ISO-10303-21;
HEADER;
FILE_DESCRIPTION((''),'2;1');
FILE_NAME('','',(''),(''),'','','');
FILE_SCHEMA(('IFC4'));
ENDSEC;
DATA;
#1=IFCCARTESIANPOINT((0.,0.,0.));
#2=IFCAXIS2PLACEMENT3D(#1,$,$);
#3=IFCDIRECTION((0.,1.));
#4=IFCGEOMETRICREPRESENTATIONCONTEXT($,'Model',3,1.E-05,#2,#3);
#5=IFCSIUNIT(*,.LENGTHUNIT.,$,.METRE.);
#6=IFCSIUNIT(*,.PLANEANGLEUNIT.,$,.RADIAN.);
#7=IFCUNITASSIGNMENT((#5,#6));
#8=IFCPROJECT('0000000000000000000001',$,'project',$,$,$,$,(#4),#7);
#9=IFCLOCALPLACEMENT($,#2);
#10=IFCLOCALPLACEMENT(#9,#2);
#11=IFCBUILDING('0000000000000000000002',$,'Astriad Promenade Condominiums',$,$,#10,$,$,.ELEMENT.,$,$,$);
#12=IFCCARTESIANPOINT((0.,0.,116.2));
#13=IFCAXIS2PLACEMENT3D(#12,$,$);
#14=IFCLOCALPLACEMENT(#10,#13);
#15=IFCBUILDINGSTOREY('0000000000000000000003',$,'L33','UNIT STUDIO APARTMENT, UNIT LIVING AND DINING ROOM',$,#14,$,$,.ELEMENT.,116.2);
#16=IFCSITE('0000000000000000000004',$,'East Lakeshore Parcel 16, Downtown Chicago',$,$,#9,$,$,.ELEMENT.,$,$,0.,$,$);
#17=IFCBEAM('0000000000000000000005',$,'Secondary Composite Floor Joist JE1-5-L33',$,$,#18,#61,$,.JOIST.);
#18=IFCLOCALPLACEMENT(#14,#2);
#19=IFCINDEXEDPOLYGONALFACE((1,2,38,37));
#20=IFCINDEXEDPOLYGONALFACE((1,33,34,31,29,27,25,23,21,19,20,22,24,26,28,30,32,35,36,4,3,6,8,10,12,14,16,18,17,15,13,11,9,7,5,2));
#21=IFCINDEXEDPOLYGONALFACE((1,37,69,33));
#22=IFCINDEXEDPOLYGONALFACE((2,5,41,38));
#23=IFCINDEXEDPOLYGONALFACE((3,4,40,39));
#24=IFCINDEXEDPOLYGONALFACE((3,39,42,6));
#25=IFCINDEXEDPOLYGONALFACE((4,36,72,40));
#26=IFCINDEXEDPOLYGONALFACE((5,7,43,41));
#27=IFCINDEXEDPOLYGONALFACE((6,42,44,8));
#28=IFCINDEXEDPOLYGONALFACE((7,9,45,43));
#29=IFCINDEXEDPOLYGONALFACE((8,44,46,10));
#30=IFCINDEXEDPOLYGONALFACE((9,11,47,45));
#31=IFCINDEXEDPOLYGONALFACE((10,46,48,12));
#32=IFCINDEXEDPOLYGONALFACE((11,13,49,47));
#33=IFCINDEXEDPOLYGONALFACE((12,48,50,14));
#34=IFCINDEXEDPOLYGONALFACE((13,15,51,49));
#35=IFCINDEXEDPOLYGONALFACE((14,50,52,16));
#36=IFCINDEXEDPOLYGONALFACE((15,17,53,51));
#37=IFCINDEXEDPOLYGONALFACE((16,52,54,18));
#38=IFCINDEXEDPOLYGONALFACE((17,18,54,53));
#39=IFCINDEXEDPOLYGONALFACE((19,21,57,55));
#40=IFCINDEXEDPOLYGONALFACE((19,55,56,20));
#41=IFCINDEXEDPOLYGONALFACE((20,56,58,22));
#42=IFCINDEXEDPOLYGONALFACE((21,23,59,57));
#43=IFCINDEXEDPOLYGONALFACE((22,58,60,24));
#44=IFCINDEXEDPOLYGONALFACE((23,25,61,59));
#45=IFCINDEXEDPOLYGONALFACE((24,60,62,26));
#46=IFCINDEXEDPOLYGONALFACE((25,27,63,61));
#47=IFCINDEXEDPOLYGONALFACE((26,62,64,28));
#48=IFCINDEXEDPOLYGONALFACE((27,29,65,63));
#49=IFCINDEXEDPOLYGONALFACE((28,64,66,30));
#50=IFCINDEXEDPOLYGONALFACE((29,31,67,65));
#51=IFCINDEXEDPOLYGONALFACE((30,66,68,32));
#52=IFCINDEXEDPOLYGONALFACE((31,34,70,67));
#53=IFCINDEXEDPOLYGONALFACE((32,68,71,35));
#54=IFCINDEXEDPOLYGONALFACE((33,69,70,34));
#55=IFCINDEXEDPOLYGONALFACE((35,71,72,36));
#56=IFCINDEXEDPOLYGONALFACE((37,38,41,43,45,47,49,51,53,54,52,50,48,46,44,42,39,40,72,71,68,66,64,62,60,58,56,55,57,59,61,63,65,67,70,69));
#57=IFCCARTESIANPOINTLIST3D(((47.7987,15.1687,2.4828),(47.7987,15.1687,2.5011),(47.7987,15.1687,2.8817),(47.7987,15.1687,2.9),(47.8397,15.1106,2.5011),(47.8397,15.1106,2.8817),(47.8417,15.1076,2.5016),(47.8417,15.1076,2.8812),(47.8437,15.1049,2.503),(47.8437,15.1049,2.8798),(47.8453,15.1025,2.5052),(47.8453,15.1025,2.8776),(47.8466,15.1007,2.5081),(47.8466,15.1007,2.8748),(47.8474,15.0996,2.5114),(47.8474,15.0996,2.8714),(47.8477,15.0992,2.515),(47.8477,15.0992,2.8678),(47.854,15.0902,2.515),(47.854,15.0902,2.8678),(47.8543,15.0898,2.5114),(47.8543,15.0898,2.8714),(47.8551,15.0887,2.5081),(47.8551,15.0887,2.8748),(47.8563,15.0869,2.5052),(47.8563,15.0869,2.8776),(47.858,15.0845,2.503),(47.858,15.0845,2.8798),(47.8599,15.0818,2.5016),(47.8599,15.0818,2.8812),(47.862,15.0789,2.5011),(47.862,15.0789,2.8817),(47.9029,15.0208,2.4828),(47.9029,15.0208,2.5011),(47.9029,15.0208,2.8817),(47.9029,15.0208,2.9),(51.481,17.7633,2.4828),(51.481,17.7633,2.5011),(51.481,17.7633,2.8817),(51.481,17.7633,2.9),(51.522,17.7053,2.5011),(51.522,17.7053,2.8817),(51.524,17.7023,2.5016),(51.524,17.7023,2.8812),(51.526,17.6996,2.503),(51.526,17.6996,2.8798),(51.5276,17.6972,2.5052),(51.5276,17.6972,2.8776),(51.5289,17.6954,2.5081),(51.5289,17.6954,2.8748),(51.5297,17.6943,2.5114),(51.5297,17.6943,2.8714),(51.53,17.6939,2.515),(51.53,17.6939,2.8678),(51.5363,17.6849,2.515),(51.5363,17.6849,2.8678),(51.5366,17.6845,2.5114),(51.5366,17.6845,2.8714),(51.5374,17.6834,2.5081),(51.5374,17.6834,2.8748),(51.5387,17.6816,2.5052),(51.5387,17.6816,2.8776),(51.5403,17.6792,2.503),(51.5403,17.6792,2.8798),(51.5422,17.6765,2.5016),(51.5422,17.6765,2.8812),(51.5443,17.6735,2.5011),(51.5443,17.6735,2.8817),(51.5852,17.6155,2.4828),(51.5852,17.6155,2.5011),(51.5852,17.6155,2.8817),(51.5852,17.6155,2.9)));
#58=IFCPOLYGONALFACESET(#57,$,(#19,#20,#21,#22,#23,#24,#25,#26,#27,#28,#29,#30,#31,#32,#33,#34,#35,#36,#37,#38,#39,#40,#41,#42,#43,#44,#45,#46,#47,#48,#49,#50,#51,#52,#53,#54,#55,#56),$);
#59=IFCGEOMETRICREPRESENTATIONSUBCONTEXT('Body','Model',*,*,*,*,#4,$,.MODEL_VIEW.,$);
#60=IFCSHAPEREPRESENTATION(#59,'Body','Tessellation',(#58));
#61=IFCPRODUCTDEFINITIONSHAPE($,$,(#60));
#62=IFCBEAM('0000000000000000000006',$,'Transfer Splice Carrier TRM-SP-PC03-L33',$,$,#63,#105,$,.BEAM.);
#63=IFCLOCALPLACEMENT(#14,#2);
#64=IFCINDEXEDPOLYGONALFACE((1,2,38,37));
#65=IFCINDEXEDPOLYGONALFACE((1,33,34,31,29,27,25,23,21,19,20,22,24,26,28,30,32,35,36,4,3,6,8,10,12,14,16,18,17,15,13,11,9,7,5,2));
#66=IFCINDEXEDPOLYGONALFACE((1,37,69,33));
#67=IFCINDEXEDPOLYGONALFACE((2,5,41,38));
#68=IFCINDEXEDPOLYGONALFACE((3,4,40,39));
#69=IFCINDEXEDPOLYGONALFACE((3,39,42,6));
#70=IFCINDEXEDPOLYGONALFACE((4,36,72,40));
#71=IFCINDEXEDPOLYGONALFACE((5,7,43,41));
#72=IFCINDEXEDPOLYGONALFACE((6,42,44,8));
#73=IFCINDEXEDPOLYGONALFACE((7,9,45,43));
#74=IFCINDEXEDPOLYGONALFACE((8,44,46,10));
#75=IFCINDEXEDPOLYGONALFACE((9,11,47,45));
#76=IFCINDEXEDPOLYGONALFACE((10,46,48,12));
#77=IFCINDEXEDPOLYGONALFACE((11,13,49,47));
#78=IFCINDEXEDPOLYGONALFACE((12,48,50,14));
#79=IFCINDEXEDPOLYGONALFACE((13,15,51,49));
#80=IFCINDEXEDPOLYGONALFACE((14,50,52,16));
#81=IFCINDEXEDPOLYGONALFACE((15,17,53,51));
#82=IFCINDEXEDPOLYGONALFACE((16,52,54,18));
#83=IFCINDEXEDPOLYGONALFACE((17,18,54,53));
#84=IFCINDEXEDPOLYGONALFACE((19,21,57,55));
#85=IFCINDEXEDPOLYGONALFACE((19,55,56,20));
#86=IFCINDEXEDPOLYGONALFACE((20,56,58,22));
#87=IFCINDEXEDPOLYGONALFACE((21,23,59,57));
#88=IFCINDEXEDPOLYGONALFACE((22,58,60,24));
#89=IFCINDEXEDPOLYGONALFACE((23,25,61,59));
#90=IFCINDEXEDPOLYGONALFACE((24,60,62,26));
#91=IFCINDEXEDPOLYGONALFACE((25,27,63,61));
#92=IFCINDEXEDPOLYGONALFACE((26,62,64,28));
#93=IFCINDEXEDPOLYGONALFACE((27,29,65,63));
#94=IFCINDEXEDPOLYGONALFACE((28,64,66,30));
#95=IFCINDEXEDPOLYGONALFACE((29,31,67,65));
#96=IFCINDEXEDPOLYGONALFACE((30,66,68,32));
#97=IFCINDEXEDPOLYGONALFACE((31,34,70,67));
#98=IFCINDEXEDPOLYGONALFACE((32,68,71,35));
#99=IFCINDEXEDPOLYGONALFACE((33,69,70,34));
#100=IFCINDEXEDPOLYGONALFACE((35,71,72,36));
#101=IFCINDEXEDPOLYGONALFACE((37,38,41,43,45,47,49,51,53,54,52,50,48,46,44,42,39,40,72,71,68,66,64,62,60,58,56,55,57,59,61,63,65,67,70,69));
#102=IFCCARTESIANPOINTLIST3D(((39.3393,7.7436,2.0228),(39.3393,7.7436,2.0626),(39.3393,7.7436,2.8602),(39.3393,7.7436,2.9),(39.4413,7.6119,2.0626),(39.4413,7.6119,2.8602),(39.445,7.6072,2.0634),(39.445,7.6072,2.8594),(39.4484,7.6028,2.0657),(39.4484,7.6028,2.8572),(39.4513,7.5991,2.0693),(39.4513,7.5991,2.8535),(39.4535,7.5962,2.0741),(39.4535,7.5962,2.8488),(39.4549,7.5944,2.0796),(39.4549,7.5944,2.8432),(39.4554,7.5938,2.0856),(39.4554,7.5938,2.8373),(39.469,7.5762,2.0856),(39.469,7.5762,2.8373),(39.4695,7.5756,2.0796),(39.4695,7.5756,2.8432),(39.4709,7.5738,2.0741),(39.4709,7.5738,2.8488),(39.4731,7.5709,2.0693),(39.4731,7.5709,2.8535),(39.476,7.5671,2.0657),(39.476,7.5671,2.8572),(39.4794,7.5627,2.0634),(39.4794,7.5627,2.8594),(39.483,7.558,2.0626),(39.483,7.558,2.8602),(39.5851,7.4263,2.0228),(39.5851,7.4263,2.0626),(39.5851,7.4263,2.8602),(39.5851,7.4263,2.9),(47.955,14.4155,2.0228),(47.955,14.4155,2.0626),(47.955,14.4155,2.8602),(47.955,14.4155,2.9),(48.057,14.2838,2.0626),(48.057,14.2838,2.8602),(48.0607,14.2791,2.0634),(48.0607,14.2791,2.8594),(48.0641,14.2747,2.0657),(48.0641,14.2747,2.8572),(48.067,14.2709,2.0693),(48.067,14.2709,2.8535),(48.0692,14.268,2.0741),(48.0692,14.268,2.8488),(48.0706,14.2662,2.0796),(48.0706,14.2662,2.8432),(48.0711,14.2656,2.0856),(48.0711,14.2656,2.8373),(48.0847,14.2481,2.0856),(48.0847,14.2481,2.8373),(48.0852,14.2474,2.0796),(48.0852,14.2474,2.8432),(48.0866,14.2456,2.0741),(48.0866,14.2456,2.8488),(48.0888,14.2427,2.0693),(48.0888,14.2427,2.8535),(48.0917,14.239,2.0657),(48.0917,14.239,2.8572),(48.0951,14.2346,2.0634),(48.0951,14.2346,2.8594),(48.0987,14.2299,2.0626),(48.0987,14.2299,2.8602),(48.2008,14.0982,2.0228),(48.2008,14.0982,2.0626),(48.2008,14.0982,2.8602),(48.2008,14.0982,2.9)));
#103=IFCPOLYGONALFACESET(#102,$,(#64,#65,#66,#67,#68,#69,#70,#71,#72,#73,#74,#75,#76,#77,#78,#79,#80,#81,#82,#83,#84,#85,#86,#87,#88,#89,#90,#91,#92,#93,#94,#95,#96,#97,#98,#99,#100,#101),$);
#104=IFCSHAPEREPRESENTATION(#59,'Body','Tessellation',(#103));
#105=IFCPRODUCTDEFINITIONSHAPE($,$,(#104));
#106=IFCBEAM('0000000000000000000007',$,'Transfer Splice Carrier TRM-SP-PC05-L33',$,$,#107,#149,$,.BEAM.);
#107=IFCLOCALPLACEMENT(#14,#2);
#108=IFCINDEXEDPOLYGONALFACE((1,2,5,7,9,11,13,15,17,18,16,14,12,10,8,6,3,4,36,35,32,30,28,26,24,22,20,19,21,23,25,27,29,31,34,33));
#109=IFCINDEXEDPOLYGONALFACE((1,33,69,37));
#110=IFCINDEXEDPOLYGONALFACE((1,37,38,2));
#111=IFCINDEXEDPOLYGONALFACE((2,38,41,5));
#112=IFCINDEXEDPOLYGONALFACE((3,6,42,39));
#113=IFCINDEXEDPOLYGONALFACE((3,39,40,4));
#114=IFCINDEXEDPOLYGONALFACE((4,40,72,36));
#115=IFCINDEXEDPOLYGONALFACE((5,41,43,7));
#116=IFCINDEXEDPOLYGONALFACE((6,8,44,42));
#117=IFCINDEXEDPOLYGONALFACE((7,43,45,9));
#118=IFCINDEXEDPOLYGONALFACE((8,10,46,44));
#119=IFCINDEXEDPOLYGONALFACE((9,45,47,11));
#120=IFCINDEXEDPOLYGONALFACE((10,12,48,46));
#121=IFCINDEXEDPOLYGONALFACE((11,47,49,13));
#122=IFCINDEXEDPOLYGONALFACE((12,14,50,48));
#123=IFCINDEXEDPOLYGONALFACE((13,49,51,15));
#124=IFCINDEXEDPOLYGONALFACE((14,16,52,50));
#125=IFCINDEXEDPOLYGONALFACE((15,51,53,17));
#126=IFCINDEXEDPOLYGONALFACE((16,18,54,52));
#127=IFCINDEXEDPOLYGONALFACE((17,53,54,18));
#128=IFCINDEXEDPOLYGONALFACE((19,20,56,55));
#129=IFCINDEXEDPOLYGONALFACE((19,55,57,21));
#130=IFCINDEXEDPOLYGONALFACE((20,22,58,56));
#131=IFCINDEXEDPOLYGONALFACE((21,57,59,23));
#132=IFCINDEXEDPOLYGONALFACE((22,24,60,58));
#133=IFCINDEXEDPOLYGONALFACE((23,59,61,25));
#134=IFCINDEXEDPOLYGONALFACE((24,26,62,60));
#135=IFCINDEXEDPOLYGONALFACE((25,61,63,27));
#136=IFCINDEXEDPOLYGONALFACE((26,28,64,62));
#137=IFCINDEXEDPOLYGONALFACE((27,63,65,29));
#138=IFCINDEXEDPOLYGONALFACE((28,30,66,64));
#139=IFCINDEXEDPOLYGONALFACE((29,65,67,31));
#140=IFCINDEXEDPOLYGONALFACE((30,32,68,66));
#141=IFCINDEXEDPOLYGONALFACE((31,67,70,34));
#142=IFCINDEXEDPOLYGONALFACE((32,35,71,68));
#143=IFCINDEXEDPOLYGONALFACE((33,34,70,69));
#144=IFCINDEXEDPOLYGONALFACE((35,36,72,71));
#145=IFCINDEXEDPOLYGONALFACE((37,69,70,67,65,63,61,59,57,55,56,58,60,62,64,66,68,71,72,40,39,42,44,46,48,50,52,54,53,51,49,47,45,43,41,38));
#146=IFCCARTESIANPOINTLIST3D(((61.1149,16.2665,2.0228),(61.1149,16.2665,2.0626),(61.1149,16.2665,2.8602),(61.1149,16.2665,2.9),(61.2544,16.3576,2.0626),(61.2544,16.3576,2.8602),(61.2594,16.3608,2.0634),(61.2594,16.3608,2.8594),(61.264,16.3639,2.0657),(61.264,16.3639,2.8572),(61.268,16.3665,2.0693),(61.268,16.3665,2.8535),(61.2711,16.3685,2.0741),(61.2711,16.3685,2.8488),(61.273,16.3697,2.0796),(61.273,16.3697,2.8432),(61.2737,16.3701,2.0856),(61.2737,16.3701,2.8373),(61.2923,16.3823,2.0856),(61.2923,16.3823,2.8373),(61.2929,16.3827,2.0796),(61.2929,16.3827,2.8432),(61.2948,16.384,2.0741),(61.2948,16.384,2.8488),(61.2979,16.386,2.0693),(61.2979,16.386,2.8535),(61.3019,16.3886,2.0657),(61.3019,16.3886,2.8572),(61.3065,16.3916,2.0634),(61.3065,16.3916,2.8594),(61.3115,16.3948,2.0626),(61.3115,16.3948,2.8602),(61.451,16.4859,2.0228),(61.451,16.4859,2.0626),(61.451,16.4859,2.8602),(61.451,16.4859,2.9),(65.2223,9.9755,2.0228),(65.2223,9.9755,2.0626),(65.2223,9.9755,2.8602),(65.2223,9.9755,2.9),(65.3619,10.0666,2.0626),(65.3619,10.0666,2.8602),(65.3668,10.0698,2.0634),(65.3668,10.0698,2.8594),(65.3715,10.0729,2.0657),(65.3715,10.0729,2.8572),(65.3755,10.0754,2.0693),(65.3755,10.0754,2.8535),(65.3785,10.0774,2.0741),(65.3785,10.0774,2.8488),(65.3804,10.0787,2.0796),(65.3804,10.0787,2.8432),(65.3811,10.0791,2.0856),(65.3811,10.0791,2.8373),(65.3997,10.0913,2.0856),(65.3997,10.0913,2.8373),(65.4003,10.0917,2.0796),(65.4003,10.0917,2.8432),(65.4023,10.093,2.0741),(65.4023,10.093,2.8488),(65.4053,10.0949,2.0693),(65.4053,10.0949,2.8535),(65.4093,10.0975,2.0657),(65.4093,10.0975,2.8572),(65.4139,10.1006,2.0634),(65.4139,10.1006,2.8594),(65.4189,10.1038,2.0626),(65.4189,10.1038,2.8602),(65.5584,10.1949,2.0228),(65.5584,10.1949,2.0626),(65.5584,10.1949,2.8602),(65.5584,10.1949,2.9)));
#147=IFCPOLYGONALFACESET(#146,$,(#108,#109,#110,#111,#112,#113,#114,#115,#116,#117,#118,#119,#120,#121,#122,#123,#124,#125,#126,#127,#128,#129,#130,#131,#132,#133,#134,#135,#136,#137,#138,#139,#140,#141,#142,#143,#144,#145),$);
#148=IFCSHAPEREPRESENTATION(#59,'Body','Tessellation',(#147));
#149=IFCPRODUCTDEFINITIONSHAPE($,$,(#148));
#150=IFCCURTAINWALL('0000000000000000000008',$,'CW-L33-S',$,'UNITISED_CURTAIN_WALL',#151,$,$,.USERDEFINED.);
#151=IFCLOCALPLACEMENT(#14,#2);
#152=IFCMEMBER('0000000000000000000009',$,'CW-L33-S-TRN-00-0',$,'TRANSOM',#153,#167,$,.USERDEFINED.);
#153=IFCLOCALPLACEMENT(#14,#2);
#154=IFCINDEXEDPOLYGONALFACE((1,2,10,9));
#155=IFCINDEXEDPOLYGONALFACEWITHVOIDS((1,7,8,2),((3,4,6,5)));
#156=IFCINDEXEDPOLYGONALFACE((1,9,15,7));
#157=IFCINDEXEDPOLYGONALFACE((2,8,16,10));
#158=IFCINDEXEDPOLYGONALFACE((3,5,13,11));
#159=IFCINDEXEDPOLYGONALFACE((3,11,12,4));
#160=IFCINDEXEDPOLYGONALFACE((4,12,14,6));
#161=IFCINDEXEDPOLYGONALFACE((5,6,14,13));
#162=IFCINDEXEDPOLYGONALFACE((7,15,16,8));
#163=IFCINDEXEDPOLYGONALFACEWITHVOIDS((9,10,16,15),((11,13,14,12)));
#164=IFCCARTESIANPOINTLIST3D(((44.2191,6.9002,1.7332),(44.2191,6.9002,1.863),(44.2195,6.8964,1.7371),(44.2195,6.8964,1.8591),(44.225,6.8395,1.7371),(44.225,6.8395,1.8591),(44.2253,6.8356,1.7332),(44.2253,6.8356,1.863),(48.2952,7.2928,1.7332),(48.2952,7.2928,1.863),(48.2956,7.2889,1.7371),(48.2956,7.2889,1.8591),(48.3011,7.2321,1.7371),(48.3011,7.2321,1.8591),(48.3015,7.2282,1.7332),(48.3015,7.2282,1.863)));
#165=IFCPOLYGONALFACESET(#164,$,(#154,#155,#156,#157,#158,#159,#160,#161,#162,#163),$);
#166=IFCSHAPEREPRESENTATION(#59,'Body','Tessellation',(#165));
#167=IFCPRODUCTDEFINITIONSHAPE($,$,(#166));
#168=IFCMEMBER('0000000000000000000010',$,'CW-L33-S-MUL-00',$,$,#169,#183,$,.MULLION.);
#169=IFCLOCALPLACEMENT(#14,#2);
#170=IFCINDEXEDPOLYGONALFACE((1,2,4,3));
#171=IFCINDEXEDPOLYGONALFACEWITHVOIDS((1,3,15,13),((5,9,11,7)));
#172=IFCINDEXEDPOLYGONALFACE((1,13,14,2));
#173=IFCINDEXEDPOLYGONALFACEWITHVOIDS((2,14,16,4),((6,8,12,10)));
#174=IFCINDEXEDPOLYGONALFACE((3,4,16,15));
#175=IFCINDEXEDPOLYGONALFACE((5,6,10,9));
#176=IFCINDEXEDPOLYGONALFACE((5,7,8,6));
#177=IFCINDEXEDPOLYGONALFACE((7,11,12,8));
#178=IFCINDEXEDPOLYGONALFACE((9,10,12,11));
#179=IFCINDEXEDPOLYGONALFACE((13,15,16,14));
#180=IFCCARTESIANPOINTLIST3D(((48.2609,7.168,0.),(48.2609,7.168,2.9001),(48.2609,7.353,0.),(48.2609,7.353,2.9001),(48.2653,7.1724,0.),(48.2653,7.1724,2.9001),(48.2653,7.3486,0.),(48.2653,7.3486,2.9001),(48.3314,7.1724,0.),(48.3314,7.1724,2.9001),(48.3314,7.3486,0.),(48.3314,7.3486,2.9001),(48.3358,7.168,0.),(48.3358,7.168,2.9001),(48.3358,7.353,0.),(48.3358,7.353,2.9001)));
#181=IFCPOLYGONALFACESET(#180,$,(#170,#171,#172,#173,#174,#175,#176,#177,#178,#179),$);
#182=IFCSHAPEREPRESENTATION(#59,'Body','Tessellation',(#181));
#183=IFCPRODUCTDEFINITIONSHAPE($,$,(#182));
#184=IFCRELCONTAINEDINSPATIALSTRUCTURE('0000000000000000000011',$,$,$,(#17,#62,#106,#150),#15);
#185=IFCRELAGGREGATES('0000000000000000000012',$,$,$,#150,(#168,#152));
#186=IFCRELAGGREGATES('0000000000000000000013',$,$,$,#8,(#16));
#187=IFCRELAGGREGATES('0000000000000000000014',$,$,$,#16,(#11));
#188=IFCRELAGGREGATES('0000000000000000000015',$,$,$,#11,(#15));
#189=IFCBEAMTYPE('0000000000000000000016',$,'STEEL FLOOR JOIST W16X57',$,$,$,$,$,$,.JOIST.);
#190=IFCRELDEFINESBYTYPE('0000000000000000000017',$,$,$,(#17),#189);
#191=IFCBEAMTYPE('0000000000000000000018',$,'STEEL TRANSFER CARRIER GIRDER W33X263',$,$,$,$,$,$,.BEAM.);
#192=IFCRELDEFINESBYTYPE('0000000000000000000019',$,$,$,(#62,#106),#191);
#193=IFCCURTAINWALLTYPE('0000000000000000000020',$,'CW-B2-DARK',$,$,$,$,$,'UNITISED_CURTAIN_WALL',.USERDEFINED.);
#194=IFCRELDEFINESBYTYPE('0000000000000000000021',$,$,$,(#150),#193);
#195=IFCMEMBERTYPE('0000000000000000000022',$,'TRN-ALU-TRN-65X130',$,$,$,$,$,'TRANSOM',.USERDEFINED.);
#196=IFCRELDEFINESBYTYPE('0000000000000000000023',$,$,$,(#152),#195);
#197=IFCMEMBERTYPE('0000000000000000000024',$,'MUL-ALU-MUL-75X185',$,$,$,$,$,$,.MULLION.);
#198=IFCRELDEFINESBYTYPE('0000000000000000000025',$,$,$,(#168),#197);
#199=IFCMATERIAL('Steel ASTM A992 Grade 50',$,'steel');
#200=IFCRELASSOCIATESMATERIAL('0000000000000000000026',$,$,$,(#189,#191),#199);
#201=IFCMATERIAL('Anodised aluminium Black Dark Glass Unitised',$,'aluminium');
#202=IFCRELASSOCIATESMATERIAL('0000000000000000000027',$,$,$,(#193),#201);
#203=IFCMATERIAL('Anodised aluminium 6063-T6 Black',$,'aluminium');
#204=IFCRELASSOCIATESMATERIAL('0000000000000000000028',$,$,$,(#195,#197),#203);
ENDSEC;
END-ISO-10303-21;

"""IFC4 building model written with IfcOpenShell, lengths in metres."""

from ifc_helpers import new_model, si_unit, direction, frame, origin, origin_2d, place, context, subcontext, project, spatial, hollow_rectangle, i_section, extrude, source, transform, mapped, material, material_profile, profile_set, type_object, type_shapes, element, aggregate, save


model = new_model("IFC4")

# Units and contexts
model_context = context("Model", 3, precision=1e-05, world=origin(), true_north=direction((0.0, 1.0)))
body_context = subcontext(model_context, "Body", "Model", "MODEL_VIEW")
ifc_project = project(units=[si_unit("LENGTHUNIT", "METRE"), si_unit("PLANEANGLEUNIT", "RADIAN")], contexts=[model_context])

# Site, building, storey
site_placement = place(None, origin())
site = spatial("IfcSite", under=ifc_project, at=site_placement, Name="East Lakeshore Parcel 16, Downtown Chicago", CompositionType="ELEMENT", RefElevation=0.0)
building_placement = place(site_placement, origin())
building = spatial("IfcBuilding", under=site, at=building_placement, Name="Astriad Promenade Condominiums", CompositionType="ELEMENT")
storey_placement = place(building_placement, frame((0.0, 0.0, 116.2)))
storey = spatial("IfcBuildingStorey", under=building, at=storey_placement, Name="L33", Description="UNIT STUDIO APARTMENT, UNIT LIVING AND DINING ROOM", CompositionType="ELEMENT", Elevation=116.2)

# Beams
ifc_material_1 = material(Name="Steel ASTM A992 Grade 50", Category="steel")
ifc_material_profile_1 = material_profile(ifc_material_1, i_section(OverallWidth=0.1809, OverallDepth=0.4172, WebThickness=0.011, FlangeThickness=0.0183, FilletRadius=0.0139, at=origin_2d()), Name="W16X57")
ifc_profile_set_1 = profile_set([ifc_material_profile_1], Name="Steel ASTM A992 Grade 50")
beam_type_1 = type_object("IfcBeamType", Name="STEEL FLOOR JOIST W16X57", PredefinedType="JOIST", material=ifc_profile_set_1)
shared_shape_1 = source(origin(), body_context, "Body", "SweptSolid", [
    extrude(i_section(OverallWidth=0.1809, OverallDepth=0.4172, WebThickness=0.011, FlangeThickness=0.0183, FilletRadius=0.0139, at=origin_2d()), origin(), (0.0, 0.0, 1.0), 4.5046),
])
beam_1_placement = place(storey_placement, frame((47.8508, 15.0947, 2.6914), z_axis=(0.817448, 0.576002, 0.0), x_axis=(-0.576002, 0.817448, 0.0)))
element("IfcBeam", 1, at=beam_1_placement, inside=storey, type_object=beam_type_1, Name="Secondary Composite Floor Joist JE1-5-L33", PredefinedType="JOIST", context=body_context, shape_type="MappedRepresentation", body=[
    mapped(shared_shape_1, transform((0.0, 0.0, 0.0), scale=1.0)),
])
ifc_material_profile_2 = material_profile(ifc_material_1, i_section(OverallWidth=0.4014, OverallDepth=0.8772, WebThickness=0.0222, FlangeThickness=0.0398, FilletRadius=0.0229, at=origin_2d()), Name="W33X263")
ifc_profile_set_2 = profile_set([ifc_material_profile_2], Name="Steel ASTM A992 Grade 50")
beam_type_2 = type_object("IfcBeamType", Name="STEEL TRANSFER CARRIER GIRDER W33X263", PredefinedType="BEAM", material=ifc_profile_set_2)
shared_shape_2 = source(origin(), body_context, "Body", "SweptSolid", [
    extrude(i_section(OverallWidth=0.4014, OverallDepth=0.8772, WebThickness=0.0222, FlangeThickness=0.0398, FilletRadius=0.0229, at=origin_2d()), origin(), (0.0, 0.0, 1.0), 10.897),
])
beam_2_placement = place(storey_placement, frame((48.0779, 14.2568, 2.4614), z_axis=(-0.790651, -0.612267, 0.0), x_axis=(0.612267, -0.790651, 0.0)))
element("IfcBeam", 2, at=beam_2_placement, inside=storey, type_object=beam_type_2, Name="Transfer Splice Carrier TRM-SP-PC03-L33", PredefinedType="BEAM", context=body_context, shape_type="MappedRepresentation", body=[
    mapped(shared_shape_2, transform((0.0, 0.0, 0.0), scale=1.0)),
])
shared_shape_3 = source(origin(), body_context, "Body", "SweptSolid", [
    extrude(i_section(OverallWidth=0.4014, OverallDepth=0.8772, WebThickness=0.0222, FlangeThickness=0.0398, FilletRadius=0.0229, at=origin_2d()), origin(), (0.0, 0.0, 1.0), 7.5132),
])
type_shapes(beam_type_2, [shared_shape_2, shared_shape_3])
beam_3_placement = place(storey_placement, frame((61.283, 16.3762, 2.4614), z_axis=(0.546696, -0.837331, 0.0), x_axis=(0.837331, 0.546696, 0.0)))
element("IfcBeam", 3, at=beam_3_placement, inside=storey, type_object=beam_type_2, Name="Transfer Splice Carrier TRM-SP-PC05-L33", PredefinedType="BEAM", context=body_context, shape_type="MappedRepresentation", body=[
    mapped(shared_shape_3, transform((0.0, 0.0, 0.0), scale=1.0)),
])

# Curtain wall, members
ifc_material_2 = material(Name="Anodised aluminium Black Dark Glass Unitised", Category="aluminium")
curtain_wall_type = type_object("IfcCurtainWallType", Name="CW-B2-DARK", ElementType="UNITISED_CURTAIN_WALL", PredefinedType="USERDEFINED", material=ifc_material_2)
curtain_wall_placement = place(storey_placement, origin())
curtain_wall = element("IfcCurtainWall", 4, at=curtain_wall_placement, inside=storey, type_object=curtain_wall_type, Name="CW-L33-S", ObjectType="UNITISED_CURTAIN_WALL", PredefinedType="USERDEFINED")
ifc_material_3 = material(Name="Anodised aluminium 6063-T6 Black", Category="aluminium")
ifc_material_profile_3 = material_profile(ifc_material_3, hollow_rectangle(XDim=0.0649, YDim=0.1299, WallThickness=0.0039, at=origin_2d()), Name="ALU-TRN-65X130")
ifc_profile_set_3 = profile_set([ifc_material_profile_3], Name="Anodised aluminium 6063-T6 Black")
member_type_1 = type_object("IfcMemberType", Name="TRN-ALU-TRN-65X130", ElementType="TRANSOM", PredefinedType="USERDEFINED", material=ifc_profile_set_3)
shared_shape_4 = source(origin(), body_context, "Body", "SweptSolid", [
    extrude(hollow_rectangle(XDim=0.0649, YDim=0.1299, WallThickness=0.0039, at=origin_2d()), origin(), (0.0, 0.0, 1.0), 4.095),
])
type_shapes(member_type_1, [shared_shape_4])
member_1_placement = place(storey_placement, frame((48.2983, 7.2605, 1.7981), z_axis=(-0.995394, -0.095867, 0.0), x_axis=(0.095867, -0.995394, 0.0)))
member_1 = element("IfcMember", 5, at=member_1_placement, type_object=member_type_1, Name="CW-L33-S-TRN-00-0", ObjectType="TRANSOM", PredefinedType="USERDEFINED", context=body_context, shape_type="MappedRepresentation", body=[
    mapped(shared_shape_4, transform((0.0, 0.0, 0.0), scale=1.0)),
])
ifc_material_profile_4 = material_profile(ifc_material_3, hollow_rectangle(XDim=0.075, YDim=0.1851, WallThickness=0.0044, at=origin_2d()), Name="ALU-MUL-75X185")
ifc_profile_set_4 = profile_set([ifc_material_profile_4], Name="Anodised aluminium 6063-T6 Black")
member_type_2 = type_object("IfcMemberType", Name="MUL-ALU-MUL-75X185", PredefinedType="MULLION", material=ifc_profile_set_4)
shared_shape_5 = source(origin(), body_context, "Body", "SweptSolid", [
    extrude(hollow_rectangle(XDim=0.075, YDim=0.1851, WallThickness=0.0044, at=origin_2d()), origin(), (0.0, 0.0, 1.0), 2.9001),
])
type_shapes(member_type_2, [shared_shape_5])
member_2_placement = place(storey_placement, frame((48.2983, 7.2605, 0.0), z_axis=(0.0, 0.0, 1.0), x_axis=(1.0, 0.0, 0.0)))
member_2 = element("IfcMember", 6, at=member_2_placement, type_object=member_type_2, Name="CW-L33-S-MUL-00", PredefinedType="MULLION", context=body_context, shape_type="MappedRepresentation", body=[
    mapped(shared_shape_5, transform((0.0, 0.0, 0.0), scale=1.0)),
])
aggregate(curtain_wall, [member_2, member_1])

save(model, "model.ifc")
